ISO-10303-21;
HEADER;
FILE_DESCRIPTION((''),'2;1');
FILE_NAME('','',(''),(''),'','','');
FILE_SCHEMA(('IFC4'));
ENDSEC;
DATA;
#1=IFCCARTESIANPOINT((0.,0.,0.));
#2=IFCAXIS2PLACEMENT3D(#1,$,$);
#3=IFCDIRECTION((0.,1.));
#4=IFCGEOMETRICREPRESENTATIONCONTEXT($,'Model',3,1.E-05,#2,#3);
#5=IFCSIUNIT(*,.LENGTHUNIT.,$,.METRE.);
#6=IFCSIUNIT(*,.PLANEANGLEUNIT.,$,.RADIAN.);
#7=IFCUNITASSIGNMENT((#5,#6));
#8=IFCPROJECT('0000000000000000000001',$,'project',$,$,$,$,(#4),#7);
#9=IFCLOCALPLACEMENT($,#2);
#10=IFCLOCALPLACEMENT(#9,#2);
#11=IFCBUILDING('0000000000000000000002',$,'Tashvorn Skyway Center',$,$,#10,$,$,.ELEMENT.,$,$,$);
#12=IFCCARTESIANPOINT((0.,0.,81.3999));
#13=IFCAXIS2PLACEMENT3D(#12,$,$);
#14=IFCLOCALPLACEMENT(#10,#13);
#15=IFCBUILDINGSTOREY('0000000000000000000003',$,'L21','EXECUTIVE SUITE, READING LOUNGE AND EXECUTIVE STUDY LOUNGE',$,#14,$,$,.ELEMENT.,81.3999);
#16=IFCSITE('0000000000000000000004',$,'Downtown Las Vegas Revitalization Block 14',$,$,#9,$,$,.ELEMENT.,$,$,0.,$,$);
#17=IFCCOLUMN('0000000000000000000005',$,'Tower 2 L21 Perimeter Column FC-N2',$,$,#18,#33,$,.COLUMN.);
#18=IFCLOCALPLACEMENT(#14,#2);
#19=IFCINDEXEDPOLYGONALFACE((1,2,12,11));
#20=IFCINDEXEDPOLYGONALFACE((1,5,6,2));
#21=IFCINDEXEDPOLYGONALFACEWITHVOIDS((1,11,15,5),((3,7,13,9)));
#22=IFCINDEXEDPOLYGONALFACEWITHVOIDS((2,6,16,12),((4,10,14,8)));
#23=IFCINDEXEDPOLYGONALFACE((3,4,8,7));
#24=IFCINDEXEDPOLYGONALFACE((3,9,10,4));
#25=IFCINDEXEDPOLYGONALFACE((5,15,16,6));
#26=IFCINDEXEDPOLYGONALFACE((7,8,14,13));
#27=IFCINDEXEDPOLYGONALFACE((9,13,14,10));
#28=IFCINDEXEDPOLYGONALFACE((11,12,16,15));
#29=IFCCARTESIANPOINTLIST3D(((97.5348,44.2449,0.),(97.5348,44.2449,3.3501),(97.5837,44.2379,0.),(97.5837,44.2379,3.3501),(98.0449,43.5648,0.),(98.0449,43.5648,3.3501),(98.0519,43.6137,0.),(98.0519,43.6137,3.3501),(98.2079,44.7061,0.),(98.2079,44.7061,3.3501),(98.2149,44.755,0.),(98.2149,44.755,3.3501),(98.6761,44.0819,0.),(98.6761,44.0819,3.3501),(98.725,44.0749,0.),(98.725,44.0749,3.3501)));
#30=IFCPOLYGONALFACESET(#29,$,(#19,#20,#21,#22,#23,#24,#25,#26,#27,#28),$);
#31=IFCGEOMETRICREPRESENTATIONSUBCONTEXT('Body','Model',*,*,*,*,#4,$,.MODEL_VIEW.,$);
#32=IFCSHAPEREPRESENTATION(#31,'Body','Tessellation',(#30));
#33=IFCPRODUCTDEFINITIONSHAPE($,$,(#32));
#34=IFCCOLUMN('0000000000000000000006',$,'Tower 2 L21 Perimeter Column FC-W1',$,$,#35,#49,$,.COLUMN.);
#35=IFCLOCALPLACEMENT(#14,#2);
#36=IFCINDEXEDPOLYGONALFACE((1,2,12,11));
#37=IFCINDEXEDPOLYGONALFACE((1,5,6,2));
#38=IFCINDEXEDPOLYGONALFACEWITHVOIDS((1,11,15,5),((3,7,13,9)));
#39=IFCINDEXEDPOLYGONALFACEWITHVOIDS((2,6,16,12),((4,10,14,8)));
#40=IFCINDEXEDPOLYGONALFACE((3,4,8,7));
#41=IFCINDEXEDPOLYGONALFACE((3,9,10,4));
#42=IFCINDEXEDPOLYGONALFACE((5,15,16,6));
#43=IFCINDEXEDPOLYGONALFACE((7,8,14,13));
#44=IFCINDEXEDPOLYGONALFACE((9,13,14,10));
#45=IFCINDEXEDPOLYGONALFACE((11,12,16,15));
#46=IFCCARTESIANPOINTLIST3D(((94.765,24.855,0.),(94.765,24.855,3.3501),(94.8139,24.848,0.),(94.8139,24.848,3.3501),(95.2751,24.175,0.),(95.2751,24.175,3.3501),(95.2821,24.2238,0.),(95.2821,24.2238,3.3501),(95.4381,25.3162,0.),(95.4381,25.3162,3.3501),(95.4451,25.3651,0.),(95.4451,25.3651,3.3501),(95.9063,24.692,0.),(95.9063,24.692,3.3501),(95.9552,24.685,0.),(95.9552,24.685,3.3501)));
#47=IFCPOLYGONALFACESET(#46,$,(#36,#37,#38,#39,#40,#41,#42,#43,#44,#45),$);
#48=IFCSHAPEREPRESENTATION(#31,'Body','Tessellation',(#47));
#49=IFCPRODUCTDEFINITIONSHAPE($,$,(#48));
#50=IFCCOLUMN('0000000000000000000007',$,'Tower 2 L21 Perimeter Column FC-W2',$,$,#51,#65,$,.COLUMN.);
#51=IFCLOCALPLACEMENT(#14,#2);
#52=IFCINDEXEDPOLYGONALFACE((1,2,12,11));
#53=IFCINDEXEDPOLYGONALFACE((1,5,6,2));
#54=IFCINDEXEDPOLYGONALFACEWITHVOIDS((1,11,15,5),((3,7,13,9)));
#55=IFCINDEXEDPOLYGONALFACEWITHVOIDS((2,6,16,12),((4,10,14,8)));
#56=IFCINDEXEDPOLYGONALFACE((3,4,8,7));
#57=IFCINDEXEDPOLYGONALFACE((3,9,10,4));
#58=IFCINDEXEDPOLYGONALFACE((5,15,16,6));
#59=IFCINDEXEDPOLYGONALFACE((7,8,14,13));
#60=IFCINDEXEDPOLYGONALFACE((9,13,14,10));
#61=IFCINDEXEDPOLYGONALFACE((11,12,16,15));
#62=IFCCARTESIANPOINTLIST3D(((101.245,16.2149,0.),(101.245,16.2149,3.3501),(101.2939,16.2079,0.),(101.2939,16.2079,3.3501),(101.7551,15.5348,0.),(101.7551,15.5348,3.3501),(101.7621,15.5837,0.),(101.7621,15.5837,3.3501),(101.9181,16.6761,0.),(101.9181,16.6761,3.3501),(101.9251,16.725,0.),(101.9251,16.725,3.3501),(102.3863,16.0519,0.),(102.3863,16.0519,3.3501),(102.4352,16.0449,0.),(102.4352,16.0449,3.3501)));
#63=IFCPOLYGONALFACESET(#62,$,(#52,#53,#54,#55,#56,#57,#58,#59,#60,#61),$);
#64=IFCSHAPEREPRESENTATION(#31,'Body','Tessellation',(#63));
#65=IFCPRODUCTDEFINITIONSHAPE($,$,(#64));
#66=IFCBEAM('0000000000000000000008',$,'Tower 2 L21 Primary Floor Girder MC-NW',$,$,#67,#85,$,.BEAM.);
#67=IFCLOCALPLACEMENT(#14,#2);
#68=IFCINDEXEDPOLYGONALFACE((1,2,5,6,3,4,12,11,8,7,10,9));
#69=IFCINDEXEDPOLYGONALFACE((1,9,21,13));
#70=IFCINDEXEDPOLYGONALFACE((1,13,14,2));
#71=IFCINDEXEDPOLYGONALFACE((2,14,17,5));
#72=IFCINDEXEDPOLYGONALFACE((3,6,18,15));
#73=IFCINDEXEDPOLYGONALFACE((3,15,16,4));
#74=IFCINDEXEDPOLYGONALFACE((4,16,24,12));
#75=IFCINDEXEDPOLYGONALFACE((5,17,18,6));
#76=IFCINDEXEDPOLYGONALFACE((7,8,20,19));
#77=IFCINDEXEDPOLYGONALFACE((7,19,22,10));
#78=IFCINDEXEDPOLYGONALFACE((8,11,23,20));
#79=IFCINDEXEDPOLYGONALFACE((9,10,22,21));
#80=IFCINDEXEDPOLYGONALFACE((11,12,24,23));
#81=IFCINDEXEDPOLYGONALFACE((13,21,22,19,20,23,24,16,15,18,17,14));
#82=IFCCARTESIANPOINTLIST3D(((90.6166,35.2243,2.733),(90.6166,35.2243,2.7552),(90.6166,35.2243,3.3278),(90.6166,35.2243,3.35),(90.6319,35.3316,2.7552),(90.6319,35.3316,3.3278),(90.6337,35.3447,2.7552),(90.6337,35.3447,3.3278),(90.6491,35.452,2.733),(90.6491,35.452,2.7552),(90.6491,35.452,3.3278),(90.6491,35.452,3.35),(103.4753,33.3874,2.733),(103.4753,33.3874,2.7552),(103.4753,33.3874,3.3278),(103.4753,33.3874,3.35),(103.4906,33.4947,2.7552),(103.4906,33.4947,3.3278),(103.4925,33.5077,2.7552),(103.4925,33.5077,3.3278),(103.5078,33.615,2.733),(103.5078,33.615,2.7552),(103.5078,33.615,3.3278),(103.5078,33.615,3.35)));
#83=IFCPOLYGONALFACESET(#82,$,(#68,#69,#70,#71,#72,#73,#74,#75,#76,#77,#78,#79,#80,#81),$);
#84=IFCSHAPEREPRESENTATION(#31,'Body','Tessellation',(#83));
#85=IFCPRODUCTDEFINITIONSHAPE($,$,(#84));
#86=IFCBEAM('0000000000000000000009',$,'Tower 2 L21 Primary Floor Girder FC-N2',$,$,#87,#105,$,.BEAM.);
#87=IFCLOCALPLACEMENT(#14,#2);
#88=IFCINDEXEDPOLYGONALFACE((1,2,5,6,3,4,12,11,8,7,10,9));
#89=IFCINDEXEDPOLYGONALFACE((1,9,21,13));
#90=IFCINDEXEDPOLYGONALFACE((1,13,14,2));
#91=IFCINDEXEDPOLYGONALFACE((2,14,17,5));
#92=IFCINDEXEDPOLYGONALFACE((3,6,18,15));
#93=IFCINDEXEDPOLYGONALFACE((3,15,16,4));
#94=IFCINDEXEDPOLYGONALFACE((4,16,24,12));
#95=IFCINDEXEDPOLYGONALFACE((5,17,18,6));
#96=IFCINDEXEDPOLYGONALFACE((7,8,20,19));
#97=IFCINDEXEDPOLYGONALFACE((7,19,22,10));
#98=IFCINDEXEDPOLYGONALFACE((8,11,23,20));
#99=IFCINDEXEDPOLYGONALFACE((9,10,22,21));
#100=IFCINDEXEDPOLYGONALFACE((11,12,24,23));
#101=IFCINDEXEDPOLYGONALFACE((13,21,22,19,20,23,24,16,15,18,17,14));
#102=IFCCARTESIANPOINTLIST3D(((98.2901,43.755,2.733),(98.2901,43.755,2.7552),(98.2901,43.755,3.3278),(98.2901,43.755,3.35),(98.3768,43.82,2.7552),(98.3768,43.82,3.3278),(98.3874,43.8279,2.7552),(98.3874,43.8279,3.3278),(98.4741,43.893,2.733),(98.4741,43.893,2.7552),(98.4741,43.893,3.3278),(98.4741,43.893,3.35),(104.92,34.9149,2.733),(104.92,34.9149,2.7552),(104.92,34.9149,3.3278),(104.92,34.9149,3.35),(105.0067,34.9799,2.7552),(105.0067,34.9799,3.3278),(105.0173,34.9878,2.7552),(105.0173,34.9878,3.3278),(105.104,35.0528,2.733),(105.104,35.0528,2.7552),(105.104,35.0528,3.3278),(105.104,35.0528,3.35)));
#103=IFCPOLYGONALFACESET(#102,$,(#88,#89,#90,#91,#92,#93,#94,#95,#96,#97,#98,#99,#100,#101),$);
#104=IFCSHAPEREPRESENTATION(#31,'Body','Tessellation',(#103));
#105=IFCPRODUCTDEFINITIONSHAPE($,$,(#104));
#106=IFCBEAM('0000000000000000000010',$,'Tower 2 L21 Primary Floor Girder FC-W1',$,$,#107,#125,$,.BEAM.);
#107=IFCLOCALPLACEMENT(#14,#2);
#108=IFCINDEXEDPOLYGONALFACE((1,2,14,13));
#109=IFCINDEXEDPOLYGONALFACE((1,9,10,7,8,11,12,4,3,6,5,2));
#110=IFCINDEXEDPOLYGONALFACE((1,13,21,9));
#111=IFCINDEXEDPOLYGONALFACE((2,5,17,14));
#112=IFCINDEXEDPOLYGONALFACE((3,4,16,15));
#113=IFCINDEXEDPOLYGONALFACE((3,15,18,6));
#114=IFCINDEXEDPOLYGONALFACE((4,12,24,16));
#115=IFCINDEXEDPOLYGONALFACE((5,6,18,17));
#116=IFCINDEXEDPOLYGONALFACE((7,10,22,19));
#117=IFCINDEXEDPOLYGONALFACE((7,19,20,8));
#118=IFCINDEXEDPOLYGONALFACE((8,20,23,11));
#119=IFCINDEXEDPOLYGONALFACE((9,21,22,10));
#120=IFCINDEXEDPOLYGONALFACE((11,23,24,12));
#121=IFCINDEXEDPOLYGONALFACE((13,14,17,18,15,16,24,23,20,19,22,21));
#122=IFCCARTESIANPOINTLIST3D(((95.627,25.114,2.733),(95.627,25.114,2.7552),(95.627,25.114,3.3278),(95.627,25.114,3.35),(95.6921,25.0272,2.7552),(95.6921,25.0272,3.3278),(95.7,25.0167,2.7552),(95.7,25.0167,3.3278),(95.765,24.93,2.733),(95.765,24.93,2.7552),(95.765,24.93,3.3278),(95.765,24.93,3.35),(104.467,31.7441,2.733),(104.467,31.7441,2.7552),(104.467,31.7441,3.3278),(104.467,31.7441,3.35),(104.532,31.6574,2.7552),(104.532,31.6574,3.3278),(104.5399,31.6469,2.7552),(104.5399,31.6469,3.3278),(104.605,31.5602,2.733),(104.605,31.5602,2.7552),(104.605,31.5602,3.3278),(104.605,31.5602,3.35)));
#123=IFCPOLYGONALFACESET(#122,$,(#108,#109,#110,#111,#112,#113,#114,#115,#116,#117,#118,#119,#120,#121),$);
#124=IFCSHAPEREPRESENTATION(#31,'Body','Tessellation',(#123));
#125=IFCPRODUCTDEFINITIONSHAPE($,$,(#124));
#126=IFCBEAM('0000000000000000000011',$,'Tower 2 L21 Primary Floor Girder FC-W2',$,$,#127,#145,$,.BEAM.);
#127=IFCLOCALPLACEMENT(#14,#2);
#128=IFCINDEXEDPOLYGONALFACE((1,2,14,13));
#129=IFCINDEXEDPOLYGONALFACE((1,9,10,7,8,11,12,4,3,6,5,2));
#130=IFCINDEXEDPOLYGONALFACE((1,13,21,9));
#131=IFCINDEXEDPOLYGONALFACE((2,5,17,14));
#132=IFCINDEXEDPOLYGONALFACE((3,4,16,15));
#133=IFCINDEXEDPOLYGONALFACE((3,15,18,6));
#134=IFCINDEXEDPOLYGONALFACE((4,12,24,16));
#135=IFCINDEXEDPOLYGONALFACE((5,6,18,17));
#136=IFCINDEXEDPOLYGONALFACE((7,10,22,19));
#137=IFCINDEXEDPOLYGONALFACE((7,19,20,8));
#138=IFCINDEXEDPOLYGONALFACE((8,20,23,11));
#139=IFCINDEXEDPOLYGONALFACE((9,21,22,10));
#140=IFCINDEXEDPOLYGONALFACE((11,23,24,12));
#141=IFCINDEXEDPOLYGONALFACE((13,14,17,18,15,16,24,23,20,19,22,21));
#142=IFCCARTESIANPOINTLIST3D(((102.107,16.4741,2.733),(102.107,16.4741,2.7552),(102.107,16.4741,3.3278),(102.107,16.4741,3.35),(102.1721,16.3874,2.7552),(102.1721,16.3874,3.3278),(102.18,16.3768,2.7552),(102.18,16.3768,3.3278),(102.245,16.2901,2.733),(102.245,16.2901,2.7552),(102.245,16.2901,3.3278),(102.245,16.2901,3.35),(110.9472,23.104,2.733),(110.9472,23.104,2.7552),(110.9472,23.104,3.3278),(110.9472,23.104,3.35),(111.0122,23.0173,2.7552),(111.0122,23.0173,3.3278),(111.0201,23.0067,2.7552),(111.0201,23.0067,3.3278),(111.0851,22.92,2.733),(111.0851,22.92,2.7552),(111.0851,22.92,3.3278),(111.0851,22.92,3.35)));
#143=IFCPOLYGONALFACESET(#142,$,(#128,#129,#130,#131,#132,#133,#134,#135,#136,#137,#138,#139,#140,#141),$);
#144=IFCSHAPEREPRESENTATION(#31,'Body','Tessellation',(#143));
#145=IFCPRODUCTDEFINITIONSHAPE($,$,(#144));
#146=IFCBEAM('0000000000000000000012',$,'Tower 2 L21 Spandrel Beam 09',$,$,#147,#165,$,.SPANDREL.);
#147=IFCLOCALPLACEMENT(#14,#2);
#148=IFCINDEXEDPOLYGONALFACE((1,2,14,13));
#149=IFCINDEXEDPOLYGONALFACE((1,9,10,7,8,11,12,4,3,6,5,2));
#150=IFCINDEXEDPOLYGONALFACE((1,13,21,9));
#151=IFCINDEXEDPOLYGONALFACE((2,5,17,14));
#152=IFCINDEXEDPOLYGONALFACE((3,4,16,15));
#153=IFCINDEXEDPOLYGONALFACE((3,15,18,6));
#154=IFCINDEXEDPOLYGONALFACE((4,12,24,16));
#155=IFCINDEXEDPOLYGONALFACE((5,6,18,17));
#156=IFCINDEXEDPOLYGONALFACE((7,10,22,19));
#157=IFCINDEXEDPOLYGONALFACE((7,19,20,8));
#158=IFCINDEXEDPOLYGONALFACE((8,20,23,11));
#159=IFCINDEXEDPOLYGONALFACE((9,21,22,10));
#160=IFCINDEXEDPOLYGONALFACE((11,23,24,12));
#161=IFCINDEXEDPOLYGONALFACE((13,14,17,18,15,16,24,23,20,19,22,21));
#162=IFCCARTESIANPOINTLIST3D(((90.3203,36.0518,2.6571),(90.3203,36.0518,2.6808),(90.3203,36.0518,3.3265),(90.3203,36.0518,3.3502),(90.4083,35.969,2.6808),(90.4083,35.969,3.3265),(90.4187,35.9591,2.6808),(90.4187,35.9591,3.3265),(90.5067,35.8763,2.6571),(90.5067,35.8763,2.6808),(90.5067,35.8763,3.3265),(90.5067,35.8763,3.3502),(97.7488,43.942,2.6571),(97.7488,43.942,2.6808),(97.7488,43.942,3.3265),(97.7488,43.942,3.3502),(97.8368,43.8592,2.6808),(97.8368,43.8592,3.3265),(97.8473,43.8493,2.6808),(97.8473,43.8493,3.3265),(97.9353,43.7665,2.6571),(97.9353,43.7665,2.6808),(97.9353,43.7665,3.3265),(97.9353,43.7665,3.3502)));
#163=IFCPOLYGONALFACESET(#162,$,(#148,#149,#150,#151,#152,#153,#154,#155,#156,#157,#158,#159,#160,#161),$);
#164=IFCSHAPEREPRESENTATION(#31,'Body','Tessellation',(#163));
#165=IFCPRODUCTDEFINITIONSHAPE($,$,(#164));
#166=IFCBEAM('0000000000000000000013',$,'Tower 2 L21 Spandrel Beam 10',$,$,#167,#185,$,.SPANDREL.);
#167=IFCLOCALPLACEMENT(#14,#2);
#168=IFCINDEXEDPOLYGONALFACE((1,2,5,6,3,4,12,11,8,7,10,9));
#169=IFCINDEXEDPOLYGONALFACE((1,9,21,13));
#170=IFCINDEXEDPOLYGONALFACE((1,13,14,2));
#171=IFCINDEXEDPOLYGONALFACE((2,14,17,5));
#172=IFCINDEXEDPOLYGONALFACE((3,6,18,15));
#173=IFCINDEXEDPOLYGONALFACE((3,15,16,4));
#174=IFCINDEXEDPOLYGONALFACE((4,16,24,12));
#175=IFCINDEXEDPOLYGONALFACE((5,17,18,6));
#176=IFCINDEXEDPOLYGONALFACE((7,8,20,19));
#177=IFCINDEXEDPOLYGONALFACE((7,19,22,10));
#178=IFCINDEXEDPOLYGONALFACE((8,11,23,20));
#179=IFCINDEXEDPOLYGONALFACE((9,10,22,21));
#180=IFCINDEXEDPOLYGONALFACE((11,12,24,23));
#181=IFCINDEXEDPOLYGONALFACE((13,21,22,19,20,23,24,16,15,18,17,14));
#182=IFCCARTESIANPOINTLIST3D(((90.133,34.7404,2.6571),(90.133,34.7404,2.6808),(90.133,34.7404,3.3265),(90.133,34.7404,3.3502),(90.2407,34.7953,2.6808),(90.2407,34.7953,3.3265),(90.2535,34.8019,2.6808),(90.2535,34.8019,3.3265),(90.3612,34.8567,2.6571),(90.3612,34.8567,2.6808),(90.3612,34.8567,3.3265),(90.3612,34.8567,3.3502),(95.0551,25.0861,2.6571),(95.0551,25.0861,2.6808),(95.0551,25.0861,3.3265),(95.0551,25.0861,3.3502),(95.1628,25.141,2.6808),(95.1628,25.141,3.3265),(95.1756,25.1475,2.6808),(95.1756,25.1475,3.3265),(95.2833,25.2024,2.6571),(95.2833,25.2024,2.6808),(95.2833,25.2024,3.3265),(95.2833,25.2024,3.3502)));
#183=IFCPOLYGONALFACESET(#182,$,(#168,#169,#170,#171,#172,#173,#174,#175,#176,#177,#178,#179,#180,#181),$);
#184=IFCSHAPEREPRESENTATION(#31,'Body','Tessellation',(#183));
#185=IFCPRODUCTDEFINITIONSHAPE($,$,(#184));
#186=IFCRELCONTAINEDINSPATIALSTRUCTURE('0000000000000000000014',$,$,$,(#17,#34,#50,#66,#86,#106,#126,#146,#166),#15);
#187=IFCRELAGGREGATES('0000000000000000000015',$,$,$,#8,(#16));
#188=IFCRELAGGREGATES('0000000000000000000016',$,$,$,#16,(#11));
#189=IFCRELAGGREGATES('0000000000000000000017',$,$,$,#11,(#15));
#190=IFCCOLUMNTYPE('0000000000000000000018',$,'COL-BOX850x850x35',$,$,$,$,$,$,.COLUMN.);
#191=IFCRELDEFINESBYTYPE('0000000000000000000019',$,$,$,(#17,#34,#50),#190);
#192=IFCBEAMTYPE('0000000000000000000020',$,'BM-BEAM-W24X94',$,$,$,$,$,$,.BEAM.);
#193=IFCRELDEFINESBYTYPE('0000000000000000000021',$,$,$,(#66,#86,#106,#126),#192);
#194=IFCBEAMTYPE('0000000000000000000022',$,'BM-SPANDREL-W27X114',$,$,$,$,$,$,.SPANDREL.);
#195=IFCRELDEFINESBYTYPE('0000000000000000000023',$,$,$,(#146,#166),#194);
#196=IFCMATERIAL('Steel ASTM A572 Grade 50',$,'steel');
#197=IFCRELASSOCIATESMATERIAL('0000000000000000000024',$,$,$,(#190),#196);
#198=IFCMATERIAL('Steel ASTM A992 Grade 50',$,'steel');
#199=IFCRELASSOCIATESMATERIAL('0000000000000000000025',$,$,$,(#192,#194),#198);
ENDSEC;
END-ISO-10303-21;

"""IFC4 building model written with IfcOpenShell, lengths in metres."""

from ifc_helpers import new_model, si_unit, direction, frame, origin, origin_2d, place, context, subcontext, project, spatial, hollow_rectangle, i_section, extrude, material, material_profile, profile_set, type_object, element, save


model = new_model("IFC4")

# Units and contexts
model_context = context("Model", 3, precision=1e-05, world=origin(), true_north=direction((0.0, 1.0)))
body_context = subcontext(model_context, "Body", "Model", "MODEL_VIEW")
ifc_project = project(units=[si_unit("LENGTHUNIT", "METRE"), si_unit("PLANEANGLEUNIT", "RADIAN")], contexts=[model_context])

# Site, building, storey
site_placement = place(None, origin())
site = spatial("IfcSite", under=ifc_project, at=site_placement, Name="Downtown Las Vegas Revitalization Block 14", CompositionType="ELEMENT", RefElevation=0.0)
building_placement = place(site_placement, origin())
building = spatial("IfcBuilding", under=site, at=building_placement, Name="Tashvorn Skyway Center", CompositionType="ELEMENT")
storey_placement = place(building_placement, frame((0.0, 0.0, 81.3999)))
storey = spatial("IfcBuildingStorey", under=building, at=storey_placement, Name="L21", Description="EXECUTIVE SUITE, READING LOUNGE AND EXECUTIVE STUDY LOUNGE", CompositionType="ELEMENT", Elevation=81.3999)

# Columns
ifc_material_1 = material(Name="Steel ASTM A572 Grade 50", Category="steel")
ifc_material_profile_1 = material_profile(ifc_material_1, hollow_rectangle(XDim=0.8501, YDim=0.8501, WallThickness=0.0349, at=origin_2d()), Name="BOX850x850x35")
ifc_profile_set_1 = profile_set([ifc_material_profile_1], Name="Steel ASTM A572 Grade 50")
column_type = type_object("IfcColumnType", Name="COL-BOX850x850x35", PredefinedType="COLUMN", material=ifc_profile_set_1)
for number, where, z_axis, x_axis, name in (
    (1, (98.1299, 44.1599, 0.0), (0.0, 0.0, 1.0), (0.8, 0.6, 0.0), "Tower 2 L21 Perimeter Column FC-N2"),
    (2, (95.3601, 24.77, 0.0), (0.0, 0.0, 1.0), (0.8, 0.6, 0.0), "Tower 2 L21 Perimeter Column FC-W1"),
    (3, (101.8401, 16.1299, 0.0), (0.0, 0.0, 1.0), (0.8, 0.6, 0.0), "Tower 2 L21 Perimeter Column FC-W2"),
):
    element("IfcColumn", number, at=place(storey_placement, frame(where, z_axis=z_axis, x_axis=x_axis)), inside=storey, type_object=column_type, Name=name, PredefinedType="COLUMN", context=body_context, shape_type="SweptSolid", body=[
        extrude(hollow_rectangle(XDim=0.8501, YDim=0.8501, WallThickness=0.0349, at=origin_2d()), origin(), (0.0, 0.0, 1.0), 3.3501),
    ])

# Beams
ifc_material_2 = material(Name="Steel ASTM A992 Grade 50", Category="steel")
ifc_material_profile_2 = material_profile(ifc_material_2, i_section(OverallWidth=0.23, OverallDepth=0.6169, WebThickness=0.0132, FlangeThickness=0.0222, at=origin_2d()), Name="W24X94")
ifc_profile_set_2 = profile_set([ifc_material_profile_2], Name="Steel ASTM A992 Grade 50")
beam_type_1 = type_object("IfcBeamType", Name="BM-BEAM-W24X94", PredefinedType="BEAM", material=ifc_profile_set_2)
beam_1_placement = place(storey_placement, frame((90.6328, 35.3381, 3.0415), z_axis=(0.98995, -0.141419, 0.0), x_axis=(0.141419, 0.98995, 0.0)))
element("IfcBeam", 4, at=beam_1_placement, inside=storey, type_object=beam_type_1, Name="Tower 2 L21 Primary Floor Girder MC-NW", PredefinedType="BEAM", context=body_context, shape_type="SweptSolid", body=[
    extrude(i_section(OverallWidth=0.23, OverallDepth=0.6169, WebThickness=0.0132, FlangeThickness=0.0222, at=origin_2d()), origin(), (0.0, 0.0, 1.0), 12.9893),
])
for number, where, z_axis, x_axis, name in (
    (5, (98.3821, 43.824, 3.0415), (0.599989, -0.800008, 0.0), (0.800008, 0.599989, 0.0), "Tower 2 L21 Primary Floor Girder FC-N2"),
    (6, (95.696, 25.022, 3.0415), (0.799989, 0.600014, 0.0), (-0.600014, 0.799989, 0.0), "Tower 2 L21 Primary Floor Girder FC-W1"),
    (7, (102.176, 16.3821, 3.0415), (0.800008, 0.599989, 0.0), (-0.599989, 0.800008, 0.0), "Tower 2 L21 Primary Floor Girder FC-W2"),
):
    element("IfcBeam", number, at=place(storey_placement, frame(where, z_axis=z_axis, x_axis=x_axis)), inside=storey, type_object=beam_type_1, Name=name, PredefinedType="BEAM", context=body_context, shape_type="SweptSolid", body=[
        extrude(i_section(OverallWidth=0.23, OverallDepth=0.6169, WebThickness=0.0132, FlangeThickness=0.0222, at=origin_2d()), origin(), (0.0, 0.0, 1.0), 11.05),
    ])
ifc_material_profile_3 = material_profile(ifc_material_2, i_section(OverallWidth=0.2561, OverallDepth=0.6931, WebThickness=0.0144, FlangeThickness=0.0237, at=origin_2d()), Name="W27X114")
ifc_profile_set_3 = profile_set([ifc_material_profile_3], Name="Steel ASTM A992 Grade 50")
beam_type_2 = type_object("IfcBeamType", Name="BM-SPANDREL-W27X114", PredefinedType="SPANDREL", material=ifc_profile_set_3)
beam_2_placement = place(storey_placement, frame((97.842, 43.8542, 3.0037), z_axis=(-0.685485, -0.728087, 0.0), x_axis=(0.728087, -0.685485, 0.0)))
element("IfcBeam", 8, at=beam_2_placement, inside=storey, type_object=beam_type_2, Name="Tower 2 L21 Spandrel Beam 09", PredefinedType="SPANDREL", context=body_context, shape_type="SweptSolid", body=[
    extrude(i_section(OverallWidth=0.2561, OverallDepth=0.6931, WebThickness=0.0144, FlangeThickness=0.0237, at=origin_2d()), origin(), (0.0, 0.0, 1.0), 10.8369),
])
beam_3_placement = place(storey_placement, frame((90.2471, 34.7986, 3.0037), z_axis=(0.454211, -0.890894, 0.0), x_axis=(0.890894, 0.454211, 0.0)))
element("IfcBeam", 9, at=beam_3_placement, inside=storey, type_object=beam_type_2, Name="Tower 2 L21 Spandrel Beam 10", PredefinedType="SPANDREL", context=body_context, shape_type="SweptSolid", body=[
    extrude(i_section(OverallWidth=0.2561, OverallDepth=0.6931, WebThickness=0.0144, FlangeThickness=0.0237, at=origin_2d()), origin(), (0.0, 0.0, 1.0), 10.8367),
])

save(model, "model.ifc")
